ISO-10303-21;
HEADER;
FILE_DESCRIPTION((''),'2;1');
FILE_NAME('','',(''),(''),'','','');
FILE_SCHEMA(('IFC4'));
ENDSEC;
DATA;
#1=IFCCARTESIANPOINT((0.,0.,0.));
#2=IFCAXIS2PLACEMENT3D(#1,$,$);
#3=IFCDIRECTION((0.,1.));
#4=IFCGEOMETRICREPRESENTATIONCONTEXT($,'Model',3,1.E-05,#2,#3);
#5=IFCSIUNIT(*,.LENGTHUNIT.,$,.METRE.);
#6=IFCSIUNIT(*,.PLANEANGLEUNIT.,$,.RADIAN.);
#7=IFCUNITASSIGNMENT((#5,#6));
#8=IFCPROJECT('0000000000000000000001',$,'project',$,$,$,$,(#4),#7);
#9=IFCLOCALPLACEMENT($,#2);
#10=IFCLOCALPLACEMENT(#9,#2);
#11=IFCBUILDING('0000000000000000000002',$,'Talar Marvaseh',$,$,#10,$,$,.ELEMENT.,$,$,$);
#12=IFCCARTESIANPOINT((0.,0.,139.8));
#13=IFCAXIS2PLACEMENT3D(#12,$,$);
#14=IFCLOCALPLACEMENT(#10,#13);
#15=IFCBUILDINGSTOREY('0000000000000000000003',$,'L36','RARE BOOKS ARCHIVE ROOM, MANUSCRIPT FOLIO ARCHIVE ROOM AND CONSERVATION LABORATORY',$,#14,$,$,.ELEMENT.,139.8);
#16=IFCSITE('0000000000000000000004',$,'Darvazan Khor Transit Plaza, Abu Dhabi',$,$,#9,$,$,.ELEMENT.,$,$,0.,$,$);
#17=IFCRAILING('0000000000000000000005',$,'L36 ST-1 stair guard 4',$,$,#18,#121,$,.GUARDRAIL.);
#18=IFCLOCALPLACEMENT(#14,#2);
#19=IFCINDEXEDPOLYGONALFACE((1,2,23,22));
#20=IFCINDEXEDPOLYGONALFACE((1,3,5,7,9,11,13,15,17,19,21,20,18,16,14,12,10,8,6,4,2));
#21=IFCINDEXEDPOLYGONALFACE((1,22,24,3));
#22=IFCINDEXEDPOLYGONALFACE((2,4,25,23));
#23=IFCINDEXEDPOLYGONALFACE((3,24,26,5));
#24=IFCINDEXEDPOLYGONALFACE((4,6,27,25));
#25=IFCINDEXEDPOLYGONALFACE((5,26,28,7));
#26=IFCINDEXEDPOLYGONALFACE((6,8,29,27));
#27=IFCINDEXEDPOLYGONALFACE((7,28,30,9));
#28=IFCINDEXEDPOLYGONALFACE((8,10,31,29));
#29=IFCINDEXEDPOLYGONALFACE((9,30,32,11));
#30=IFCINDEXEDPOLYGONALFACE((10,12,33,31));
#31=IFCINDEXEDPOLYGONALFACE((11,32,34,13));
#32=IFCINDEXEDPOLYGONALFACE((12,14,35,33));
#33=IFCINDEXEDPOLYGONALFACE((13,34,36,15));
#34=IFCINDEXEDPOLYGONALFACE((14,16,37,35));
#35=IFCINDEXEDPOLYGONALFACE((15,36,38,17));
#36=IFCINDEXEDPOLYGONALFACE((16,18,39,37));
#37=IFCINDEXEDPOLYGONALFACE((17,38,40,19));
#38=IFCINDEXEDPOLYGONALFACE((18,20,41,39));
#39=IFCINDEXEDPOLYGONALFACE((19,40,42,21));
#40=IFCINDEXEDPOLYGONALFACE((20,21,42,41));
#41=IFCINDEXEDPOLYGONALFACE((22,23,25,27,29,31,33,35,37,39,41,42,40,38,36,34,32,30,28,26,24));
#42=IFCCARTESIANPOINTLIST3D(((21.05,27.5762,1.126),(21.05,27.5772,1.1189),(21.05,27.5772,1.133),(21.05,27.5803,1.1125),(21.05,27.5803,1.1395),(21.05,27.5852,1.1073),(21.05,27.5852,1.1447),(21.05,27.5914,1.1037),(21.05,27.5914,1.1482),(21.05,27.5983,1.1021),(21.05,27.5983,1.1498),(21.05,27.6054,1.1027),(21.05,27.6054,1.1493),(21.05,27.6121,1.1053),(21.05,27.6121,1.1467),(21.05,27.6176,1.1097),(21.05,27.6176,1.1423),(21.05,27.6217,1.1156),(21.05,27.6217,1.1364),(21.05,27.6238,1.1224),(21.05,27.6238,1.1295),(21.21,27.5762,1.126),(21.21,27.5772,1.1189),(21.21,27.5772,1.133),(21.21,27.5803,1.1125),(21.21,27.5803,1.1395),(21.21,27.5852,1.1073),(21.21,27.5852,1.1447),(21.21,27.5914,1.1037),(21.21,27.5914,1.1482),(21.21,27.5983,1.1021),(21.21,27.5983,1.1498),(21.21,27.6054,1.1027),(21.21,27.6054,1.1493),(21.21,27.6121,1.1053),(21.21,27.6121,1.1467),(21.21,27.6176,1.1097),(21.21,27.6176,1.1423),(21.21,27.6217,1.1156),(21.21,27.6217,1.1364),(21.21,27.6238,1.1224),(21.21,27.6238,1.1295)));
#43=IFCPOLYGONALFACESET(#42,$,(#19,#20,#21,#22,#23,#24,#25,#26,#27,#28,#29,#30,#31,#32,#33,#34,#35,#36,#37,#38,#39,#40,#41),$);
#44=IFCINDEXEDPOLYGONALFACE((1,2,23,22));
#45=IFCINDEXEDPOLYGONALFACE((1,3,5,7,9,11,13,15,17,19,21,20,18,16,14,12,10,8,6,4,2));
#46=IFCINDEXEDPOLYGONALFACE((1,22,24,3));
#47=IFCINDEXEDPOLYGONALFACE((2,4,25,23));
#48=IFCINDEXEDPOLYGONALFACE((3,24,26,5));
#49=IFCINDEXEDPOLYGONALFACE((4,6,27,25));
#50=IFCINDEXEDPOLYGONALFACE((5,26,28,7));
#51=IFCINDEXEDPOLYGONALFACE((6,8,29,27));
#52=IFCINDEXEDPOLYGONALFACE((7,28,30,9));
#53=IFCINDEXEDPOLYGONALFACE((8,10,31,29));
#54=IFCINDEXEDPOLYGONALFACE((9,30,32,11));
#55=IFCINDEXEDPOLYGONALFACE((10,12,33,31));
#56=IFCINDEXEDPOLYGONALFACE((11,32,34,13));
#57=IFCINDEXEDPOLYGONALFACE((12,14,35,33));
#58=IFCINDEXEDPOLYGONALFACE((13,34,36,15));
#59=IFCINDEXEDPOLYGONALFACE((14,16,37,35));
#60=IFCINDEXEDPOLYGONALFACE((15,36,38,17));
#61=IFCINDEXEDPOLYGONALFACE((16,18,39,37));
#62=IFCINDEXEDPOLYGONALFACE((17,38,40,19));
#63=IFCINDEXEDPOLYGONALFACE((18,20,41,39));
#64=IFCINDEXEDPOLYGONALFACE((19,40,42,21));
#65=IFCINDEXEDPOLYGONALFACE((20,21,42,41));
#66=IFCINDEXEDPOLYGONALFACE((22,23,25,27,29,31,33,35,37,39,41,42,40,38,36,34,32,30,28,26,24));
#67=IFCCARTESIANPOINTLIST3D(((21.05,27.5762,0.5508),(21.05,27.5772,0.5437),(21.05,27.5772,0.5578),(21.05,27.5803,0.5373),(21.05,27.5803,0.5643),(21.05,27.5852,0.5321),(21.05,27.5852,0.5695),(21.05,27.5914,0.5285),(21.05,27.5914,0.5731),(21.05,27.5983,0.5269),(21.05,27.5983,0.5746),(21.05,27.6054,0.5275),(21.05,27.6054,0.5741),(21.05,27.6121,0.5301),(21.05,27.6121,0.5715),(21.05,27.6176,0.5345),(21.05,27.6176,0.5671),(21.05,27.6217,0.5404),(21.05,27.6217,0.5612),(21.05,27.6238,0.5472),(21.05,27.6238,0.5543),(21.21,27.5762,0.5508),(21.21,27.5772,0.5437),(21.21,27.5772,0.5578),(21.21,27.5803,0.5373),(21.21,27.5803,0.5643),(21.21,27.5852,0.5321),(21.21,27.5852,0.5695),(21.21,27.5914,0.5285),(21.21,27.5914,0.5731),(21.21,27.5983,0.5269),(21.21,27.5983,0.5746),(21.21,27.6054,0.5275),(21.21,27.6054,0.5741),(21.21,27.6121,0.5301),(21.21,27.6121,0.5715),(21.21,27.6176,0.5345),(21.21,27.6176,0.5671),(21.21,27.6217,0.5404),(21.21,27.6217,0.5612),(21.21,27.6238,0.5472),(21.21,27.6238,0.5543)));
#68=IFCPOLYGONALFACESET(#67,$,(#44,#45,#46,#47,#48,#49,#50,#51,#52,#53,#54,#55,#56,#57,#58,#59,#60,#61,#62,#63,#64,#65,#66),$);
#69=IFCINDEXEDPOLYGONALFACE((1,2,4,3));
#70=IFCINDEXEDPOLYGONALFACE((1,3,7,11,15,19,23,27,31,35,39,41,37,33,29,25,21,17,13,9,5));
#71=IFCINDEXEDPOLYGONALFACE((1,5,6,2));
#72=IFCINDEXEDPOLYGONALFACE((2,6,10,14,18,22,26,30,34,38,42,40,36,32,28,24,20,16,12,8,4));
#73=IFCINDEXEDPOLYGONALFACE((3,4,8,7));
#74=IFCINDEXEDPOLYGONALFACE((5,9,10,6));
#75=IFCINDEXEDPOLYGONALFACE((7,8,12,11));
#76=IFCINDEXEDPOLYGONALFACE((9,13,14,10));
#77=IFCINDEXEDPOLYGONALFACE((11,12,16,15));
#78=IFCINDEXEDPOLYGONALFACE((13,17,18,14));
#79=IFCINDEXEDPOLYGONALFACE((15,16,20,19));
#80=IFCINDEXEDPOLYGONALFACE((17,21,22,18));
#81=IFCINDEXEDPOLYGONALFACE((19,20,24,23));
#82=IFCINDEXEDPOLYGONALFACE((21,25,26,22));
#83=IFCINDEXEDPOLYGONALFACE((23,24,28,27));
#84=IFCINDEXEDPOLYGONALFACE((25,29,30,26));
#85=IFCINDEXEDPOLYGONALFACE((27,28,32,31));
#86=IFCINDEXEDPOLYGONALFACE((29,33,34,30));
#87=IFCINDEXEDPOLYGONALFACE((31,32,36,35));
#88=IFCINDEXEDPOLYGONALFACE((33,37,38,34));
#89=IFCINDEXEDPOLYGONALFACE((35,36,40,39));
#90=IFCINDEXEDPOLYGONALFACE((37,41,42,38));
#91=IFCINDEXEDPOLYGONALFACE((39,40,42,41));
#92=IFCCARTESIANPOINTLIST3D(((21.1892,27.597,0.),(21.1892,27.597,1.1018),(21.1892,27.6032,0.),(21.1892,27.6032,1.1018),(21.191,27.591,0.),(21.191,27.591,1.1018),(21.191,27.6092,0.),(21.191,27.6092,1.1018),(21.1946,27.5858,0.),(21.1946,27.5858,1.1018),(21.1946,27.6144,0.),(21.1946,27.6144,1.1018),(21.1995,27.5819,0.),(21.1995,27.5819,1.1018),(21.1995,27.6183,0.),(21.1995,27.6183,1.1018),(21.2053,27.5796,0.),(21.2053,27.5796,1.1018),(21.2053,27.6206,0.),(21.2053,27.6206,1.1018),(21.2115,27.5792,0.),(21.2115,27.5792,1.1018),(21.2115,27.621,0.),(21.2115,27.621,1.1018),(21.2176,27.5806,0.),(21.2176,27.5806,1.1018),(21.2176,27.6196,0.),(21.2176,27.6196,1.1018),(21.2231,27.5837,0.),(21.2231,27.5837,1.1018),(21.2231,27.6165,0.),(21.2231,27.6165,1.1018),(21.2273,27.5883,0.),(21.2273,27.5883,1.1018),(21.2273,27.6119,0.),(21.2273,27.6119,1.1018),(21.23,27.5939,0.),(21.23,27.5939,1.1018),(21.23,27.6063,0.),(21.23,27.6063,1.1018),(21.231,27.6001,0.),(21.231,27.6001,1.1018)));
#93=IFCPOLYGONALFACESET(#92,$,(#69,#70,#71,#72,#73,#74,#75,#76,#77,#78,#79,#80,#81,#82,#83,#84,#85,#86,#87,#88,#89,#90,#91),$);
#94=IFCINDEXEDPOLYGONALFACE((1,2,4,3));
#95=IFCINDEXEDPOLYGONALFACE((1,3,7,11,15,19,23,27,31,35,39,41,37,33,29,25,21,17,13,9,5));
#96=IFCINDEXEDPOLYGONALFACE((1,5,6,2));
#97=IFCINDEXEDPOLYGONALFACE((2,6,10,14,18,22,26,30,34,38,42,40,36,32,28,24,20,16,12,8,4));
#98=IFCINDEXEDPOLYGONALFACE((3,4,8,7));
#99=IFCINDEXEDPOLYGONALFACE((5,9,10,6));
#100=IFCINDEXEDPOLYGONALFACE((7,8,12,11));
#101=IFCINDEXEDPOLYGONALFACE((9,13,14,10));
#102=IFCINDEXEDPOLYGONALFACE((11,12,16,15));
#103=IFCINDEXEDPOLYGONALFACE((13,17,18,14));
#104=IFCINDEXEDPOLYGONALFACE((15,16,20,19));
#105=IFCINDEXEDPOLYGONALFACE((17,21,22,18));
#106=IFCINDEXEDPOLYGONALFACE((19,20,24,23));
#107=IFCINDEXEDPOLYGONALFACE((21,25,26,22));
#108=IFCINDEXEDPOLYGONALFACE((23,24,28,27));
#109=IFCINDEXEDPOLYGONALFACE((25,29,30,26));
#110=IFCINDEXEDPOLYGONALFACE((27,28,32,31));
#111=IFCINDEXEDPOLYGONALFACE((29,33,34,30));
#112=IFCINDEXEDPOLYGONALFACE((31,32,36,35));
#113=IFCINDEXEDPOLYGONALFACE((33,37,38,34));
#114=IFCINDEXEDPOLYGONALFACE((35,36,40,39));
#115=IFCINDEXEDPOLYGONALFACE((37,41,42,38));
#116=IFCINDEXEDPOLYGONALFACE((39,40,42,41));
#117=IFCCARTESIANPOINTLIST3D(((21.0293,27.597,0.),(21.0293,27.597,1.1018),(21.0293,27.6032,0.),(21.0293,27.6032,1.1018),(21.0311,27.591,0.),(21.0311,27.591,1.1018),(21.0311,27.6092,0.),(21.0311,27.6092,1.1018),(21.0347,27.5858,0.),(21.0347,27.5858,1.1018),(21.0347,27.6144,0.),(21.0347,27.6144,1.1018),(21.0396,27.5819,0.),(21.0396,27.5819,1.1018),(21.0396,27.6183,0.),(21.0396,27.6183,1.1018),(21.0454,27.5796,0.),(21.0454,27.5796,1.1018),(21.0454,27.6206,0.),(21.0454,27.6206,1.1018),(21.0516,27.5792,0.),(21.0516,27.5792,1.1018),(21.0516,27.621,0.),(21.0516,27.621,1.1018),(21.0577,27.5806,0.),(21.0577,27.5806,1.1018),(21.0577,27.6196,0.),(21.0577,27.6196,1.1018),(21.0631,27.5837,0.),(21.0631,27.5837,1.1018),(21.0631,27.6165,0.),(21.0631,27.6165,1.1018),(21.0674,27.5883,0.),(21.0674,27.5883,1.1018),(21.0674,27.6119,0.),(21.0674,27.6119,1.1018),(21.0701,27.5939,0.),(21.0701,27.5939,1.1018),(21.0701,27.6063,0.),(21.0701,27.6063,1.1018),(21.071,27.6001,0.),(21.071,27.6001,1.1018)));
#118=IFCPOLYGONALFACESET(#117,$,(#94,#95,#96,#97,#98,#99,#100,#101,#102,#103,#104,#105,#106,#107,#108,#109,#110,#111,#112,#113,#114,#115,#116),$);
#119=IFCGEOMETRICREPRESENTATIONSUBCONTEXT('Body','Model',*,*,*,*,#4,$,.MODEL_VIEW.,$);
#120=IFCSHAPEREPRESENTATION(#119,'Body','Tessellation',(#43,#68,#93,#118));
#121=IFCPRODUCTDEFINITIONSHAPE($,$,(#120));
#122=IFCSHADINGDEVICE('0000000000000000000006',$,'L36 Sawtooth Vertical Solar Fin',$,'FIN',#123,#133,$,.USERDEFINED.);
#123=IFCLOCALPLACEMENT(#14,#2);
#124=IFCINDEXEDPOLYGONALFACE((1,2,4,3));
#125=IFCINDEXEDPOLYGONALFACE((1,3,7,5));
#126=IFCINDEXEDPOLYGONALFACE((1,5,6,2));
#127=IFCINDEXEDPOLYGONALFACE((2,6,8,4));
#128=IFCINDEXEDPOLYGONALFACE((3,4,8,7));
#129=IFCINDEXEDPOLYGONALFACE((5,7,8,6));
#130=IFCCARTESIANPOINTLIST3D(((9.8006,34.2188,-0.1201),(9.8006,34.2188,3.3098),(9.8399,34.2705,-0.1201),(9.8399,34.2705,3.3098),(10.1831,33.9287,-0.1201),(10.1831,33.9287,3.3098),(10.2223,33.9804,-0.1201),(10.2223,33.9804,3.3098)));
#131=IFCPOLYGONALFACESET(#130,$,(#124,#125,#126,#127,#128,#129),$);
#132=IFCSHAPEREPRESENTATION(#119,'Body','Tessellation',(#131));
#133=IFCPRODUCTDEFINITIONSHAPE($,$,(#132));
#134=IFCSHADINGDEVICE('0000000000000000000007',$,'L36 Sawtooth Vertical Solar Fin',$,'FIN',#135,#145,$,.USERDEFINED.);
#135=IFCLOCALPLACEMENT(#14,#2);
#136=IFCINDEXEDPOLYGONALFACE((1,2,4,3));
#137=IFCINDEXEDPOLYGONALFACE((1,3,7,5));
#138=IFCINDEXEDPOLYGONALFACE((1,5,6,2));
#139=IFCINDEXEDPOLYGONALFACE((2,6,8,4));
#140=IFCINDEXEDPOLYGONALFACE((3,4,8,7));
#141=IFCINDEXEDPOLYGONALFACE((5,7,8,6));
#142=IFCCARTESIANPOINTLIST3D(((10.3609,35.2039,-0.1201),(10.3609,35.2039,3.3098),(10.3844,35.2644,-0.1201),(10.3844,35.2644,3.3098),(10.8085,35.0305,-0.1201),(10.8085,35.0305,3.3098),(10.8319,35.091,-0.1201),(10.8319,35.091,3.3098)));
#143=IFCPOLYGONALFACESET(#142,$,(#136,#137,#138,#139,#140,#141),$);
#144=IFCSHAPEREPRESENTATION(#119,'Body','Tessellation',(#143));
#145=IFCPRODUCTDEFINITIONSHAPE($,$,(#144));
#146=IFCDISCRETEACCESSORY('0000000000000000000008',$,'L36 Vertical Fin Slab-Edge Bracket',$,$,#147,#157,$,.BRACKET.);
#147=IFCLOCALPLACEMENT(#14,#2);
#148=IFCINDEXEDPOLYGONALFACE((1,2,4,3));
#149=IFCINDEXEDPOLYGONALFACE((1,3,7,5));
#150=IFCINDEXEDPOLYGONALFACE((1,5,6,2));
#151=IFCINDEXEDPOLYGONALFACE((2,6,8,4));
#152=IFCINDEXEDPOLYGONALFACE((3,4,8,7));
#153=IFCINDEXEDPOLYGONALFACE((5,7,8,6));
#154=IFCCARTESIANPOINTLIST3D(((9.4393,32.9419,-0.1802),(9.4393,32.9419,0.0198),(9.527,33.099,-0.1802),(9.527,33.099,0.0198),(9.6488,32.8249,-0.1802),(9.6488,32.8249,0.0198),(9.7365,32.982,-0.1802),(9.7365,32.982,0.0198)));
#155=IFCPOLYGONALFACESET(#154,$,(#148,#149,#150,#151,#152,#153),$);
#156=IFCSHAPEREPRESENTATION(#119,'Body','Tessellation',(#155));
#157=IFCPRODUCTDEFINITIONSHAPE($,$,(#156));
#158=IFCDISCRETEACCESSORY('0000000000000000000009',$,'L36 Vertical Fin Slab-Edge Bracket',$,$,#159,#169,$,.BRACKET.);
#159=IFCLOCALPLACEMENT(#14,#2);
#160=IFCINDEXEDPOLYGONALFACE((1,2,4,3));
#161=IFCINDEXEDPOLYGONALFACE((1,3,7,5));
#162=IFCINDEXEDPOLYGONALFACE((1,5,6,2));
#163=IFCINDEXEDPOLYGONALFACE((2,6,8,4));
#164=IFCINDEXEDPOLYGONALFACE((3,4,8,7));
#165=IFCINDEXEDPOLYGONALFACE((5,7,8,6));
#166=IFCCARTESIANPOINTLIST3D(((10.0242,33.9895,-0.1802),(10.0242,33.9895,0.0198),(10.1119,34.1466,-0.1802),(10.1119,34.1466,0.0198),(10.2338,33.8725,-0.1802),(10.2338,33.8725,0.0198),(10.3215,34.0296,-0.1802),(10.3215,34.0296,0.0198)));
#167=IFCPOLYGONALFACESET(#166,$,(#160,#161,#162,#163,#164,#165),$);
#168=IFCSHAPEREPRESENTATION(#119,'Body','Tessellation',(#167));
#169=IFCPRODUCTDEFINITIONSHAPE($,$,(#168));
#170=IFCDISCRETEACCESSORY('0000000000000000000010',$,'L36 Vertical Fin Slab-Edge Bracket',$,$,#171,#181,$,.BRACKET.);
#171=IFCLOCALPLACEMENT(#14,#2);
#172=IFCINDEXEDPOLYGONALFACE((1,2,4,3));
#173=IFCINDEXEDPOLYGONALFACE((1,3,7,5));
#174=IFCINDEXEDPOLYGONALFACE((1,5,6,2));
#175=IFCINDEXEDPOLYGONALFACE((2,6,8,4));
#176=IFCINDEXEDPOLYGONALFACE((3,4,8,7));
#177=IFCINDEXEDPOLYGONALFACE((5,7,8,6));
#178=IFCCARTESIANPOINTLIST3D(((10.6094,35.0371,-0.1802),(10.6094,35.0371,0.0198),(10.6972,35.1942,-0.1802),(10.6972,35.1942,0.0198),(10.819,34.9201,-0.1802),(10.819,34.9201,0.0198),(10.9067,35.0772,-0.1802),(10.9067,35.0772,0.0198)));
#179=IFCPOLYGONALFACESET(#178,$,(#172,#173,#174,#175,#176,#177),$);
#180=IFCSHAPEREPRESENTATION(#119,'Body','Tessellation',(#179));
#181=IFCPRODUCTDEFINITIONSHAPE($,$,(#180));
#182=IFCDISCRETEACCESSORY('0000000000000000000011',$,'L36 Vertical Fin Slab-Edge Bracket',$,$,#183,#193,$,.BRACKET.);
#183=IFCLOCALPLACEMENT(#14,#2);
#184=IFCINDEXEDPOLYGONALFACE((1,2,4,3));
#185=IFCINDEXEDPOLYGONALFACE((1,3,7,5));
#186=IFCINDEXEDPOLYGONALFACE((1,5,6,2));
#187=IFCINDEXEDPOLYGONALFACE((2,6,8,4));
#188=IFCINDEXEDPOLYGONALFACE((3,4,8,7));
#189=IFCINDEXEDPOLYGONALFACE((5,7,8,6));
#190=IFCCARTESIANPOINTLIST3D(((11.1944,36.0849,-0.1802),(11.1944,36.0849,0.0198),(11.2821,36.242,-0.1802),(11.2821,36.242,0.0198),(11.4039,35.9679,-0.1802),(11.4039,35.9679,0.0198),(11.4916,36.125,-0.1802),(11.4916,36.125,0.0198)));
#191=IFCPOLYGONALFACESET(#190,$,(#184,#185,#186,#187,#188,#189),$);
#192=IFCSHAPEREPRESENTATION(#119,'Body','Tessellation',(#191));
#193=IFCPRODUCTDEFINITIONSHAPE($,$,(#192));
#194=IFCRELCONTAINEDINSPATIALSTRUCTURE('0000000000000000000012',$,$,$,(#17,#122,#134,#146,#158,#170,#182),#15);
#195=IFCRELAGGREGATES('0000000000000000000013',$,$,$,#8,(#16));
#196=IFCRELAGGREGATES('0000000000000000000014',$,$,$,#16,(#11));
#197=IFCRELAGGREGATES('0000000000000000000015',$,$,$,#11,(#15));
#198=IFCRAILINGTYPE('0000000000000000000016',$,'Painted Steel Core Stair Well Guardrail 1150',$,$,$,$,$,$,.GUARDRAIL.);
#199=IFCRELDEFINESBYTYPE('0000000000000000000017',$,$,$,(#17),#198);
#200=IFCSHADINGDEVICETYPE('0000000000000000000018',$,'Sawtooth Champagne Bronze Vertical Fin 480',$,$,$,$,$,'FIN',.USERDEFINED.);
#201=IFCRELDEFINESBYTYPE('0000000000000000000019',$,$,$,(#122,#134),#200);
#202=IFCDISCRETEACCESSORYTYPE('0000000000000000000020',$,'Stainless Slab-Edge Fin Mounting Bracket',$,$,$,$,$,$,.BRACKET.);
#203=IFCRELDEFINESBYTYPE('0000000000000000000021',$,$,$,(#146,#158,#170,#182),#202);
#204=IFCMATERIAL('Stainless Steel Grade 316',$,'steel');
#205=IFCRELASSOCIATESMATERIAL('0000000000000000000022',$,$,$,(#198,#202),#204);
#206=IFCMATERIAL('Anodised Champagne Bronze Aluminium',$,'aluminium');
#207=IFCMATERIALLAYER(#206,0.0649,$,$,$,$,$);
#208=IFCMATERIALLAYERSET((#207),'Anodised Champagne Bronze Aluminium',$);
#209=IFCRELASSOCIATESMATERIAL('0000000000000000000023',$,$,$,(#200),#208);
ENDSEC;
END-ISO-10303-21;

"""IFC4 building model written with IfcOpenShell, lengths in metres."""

from ifc_helpers import new_model, si_unit, direction, frame, origin, origin_2d, place, context, subcontext, project, spatial, rectangle, circle, extrude, source, transform, mapped, material, layer, layer_set, type_object, type_shapes, element, save


model = new_model("IFC4")

# Units and contexts
model_context = context("Model", 3, precision=1e-05, world=origin(), true_north=direction((0.0, 1.0)))
body_context = subcontext(model_context, "Body", "Model", "MODEL_VIEW")
ifc_project = project(units=[si_unit("LENGTHUNIT", "METRE"), si_unit("PLANEANGLEUNIT", "RADIAN")], contexts=[model_context])

# Site, building, storey
site_placement = place(None, origin())
site = spatial("IfcSite", under=ifc_project, at=site_placement, Name="Darvazan Khor Transit Plaza, Abu Dhabi", CompositionType="ELEMENT", RefElevation=0.0)
building_placement = place(site_placement, origin())
building = spatial("IfcBuilding", under=site, at=building_placement, Name="Talar Marvaseh", CompositionType="ELEMENT")
storey_placement = place(building_placement, frame((0.0, 0.0, 139.8)))
storey = spatial("IfcBuildingStorey", under=building, at=storey_placement, Name="L36", Description="RARE BOOKS ARCHIVE ROOM, MANUSCRIPT FOLIO ARCHIVE ROOM AND CONSERVATION LABORATORY", CompositionType="ELEMENT", Elevation=139.8)

# Railing
ifc_material_1 = material(Name="Stainless Steel Grade 316", Category="steel")
railing_type_1 = type_object("IfcRailingType", Name="Painted Steel Core Stair Well Guardrail 1150", PredefinedType="GUARDRAIL", material=ifc_material_1)
railing_1_placement = place(storey_placement, frame((21.21, 27.6001, 0.0)))
element("IfcRailing", 1, at=railing_1_placement, inside=storey, type_object=railing_type_1, Name="L36 ST-1 stair guard 4", PredefinedType="GUARDRAIL", context=body_context, shape_type="SweptSolid", body=[
    extrude(circle(Radius=0.0239, at=origin_2d()), frame((0.0, 0.0, 1.126), z_axis=(-1.0, 0.0, 0.0), x_axis=(0.0, -1.0, 0.0)), (0.0, 0.0, 1.0), 0.1599),
    extrude(circle(Radius=0.0239, at=origin_2d()), frame((0.0, 0.0, 0.5508), z_axis=(-1.0, 0.0, 0.0), x_axis=(0.0, -1.0, 0.0)), (0.0, 0.0, 1.0), 0.1599),
    extrude(circle(Radius=0.021, at=origin_2d()), origin(), (0.0, 0.0, 1.0), 1.1018),
    extrude(circle(Radius=0.021, at=origin_2d()), frame((-0.1599, 0.0, 0.0)), (0.0, 0.0, 1.0), 1.1018),
])

# Shading devices
ifc_material_2 = material(Name="Anodised Champagne Bronze Aluminium", Category="aluminium")
ifc_layer_1 = layer(ifc_material_2, 0.0649)
ifc_layer_set_1 = layer_set([ifc_layer_1], Name="Anodised Champagne Bronze Aluminium")
shading_device_type = type_object("IfcShadingDeviceType", Name="Sawtooth Champagne Bronze Vertical Fin 480", ElementType="FIN", PredefinedType="USERDEFINED", material=ifc_layer_set_1)
shared_shape_1 = source(origin(), body_context, "Body", "SweptSolid", [
    extrude(rectangle(XDim=0.48, YDim=0.0649, at=origin_2d()), origin(), (0.0, 0.0, 1.0), 3.4299),
])
type_shapes(shading_device_type, [shared_shape_1])
for number, where, z_axis, x_axis, name in (
    (2, (10.0115, 34.0996, -0.1201), (0.0, 0.0, 1.0), (-0.796741, 0.604321, 0.0), "L36 Sawtooth Vertical Solar Fin"),
    (3, (10.5964, 35.1475, -0.1201), (0.0, 0.0, 1.0), (-0.93245, 0.361299, 0.0), "L36 Sawtooth Vertical Solar Fin"),
):
    element("IfcShadingDevice", number, at=place(storey_placement, frame(where, z_axis=z_axis, x_axis=x_axis)), inside=storey, type_object=shading_device_type, Name=name, ObjectType="FIN", PredefinedType="USERDEFINED", context=body_context, shape_type="MappedRepresentation", body=[
        mapped(shared_shape_1, transform((0.0, 0.0, 0.0), x_axis=(1.0, 0.0, 0.0), y_axis=(0.0, 1.0, 0.0), z_axis=(0.0, 0.0, 1.0), scale=1.0)),
    ])

# Discrete accessories
discrete_accessory_type = type_object("IfcDiscreteAccessoryType", Name="Stainless Slab-Edge Fin Mounting Bracket", PredefinedType="BRACKET", material=ifc_material_1)
shared_shape_2 = source(origin(), body_context, "Body", "SweptSolid", [
    extrude(rectangle(XDim=0.24, YDim=0.1799, at=origin_2d()), origin(), (0.0, 0.0, 1.0), 0.2),
])
type_shapes(discrete_accessory_type, [shared_shape_2])
for number, where, z_axis, x_axis, name in (
    (4, (9.5879, 32.9619, -0.1802), (0.0, 0.0, 1.0), (-0.873092, 0.487555, 0.0), "L36 Vertical Fin Slab-Edge Bracket"),
    (5, (10.1729, 34.0095, -0.1802), (0.0, 0.0, 1.0), (-0.873092, 0.487555, 0.0), "L36 Vertical Fin Slab-Edge Bracket"),
    (6, (10.7581, 35.0571, -0.1802), (0.0, 0.0, 1.0), (-0.873092, 0.487555, 0.0), "L36 Vertical Fin Slab-Edge Bracket"),
    (7, (11.343, 36.105, -0.1802), (0.0, 0.0, 1.0), (-0.873092, 0.487555, 0.0), "L36 Vertical Fin Slab-Edge Bracket"),
):
    element("IfcDiscreteAccessory", number, at=place(storey_placement, frame(where, z_axis=z_axis, x_axis=x_axis)), inside=storey, type_object=discrete_accessory_type, Name=name, PredefinedType="BRACKET", context=body_context, shape_type="MappedRepresentation", body=[
        mapped(shared_shape_2, transform((0.0, 0.0, 0.0), x_axis=(1.0, 0.0, 0.0), y_axis=(0.0, 1.0, 0.0), z_axis=(0.0, 0.0, 1.0), scale=1.0)),
    ])

save(model, "model.ifc")
